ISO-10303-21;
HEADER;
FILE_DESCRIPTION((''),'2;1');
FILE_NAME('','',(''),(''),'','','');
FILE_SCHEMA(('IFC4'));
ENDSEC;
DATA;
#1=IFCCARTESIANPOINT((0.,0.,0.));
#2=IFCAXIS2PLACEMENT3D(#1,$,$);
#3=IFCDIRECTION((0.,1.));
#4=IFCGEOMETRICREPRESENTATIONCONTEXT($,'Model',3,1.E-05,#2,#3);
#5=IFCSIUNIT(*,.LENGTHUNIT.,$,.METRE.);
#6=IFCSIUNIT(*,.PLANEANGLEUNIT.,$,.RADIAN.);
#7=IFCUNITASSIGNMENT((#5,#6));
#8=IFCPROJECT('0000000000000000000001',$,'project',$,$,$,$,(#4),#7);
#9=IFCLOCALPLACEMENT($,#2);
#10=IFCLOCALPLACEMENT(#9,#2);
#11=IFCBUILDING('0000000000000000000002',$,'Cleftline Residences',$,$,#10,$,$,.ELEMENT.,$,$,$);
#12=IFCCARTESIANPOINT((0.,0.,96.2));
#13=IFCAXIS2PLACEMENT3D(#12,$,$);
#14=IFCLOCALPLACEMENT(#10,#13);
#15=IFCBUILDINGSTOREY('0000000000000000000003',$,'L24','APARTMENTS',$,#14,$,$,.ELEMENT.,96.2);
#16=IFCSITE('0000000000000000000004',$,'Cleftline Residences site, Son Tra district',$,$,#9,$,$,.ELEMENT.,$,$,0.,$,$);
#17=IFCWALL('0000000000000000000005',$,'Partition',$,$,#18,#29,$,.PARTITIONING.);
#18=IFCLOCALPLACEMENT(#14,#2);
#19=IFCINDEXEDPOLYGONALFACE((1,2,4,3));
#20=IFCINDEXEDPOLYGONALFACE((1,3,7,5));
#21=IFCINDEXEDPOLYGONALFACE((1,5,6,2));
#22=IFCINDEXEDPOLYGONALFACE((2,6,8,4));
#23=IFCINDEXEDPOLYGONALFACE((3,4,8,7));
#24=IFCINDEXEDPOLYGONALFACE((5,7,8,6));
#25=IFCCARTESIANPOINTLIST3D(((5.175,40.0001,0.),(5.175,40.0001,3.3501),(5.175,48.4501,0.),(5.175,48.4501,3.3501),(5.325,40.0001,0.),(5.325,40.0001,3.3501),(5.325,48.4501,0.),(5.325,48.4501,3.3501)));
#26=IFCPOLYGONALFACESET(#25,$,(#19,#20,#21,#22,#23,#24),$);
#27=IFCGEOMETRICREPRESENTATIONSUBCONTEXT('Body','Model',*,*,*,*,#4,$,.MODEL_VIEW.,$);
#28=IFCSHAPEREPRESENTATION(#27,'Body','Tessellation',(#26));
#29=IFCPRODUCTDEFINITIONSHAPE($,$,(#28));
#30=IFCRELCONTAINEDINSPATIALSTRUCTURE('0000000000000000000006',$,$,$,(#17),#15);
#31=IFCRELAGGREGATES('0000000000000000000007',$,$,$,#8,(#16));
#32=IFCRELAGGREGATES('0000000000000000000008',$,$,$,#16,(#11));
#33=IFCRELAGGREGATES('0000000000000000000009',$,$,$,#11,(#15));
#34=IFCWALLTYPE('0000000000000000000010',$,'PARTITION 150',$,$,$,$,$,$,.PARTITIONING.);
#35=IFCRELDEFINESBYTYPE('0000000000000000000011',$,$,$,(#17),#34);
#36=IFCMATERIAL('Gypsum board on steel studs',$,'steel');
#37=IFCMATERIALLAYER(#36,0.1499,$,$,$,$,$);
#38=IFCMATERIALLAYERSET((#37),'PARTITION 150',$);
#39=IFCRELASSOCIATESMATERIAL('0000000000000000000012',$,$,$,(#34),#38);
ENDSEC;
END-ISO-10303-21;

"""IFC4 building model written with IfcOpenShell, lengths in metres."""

from ifc_helpers import new_model, si_unit, direction, frame, frame_2d, origin, place, context, subcontext, project, spatial, rectangle, extrude, material, layer, layer_set, type_object, element, save


model = new_model("IFC4")

# Units and contexts
model_context = context("Model", 3, precision=1e-05, world=origin(), true_north=direction((0.0, 1.0)))
body_context = subcontext(model_context, "Body", "Model", "MODEL_VIEW")
ifc_project = project(units=[si_unit("LENGTHUNIT", "METRE"), si_unit("PLANEANGLEUNIT", "RADIAN")], contexts=[model_context])

# Site, building, storey
site_placement = place(None, origin())
site = spatial("IfcSite", under=ifc_project, at=site_placement, Name="Cleftline Residences site, Son Tra district", CompositionType="ELEMENT", RefElevation=0.0)
building_placement = place(site_placement, origin())
building = spatial("IfcBuilding", under=site, at=building_placement, Name="Cleftline Residences", CompositionType="ELEMENT")
storey_placement = place(building_placement, frame((0.0, 0.0, 96.2)))
storey = spatial("IfcBuildingStorey", under=building, at=storey_placement, Name="L24", Description="APARTMENTS", CompositionType="ELEMENT", Elevation=96.2)

# Wall
ifc_material_1 = material(Name="Gypsum board on steel studs", Category="steel")
ifc_layer_1 = layer(ifc_material_1, 0.1499)
ifc_layer_set_1 = layer_set([ifc_layer_1], Name="PARTITION 150")
wall_type_1 = type_object("IfcWallType", Name="PARTITION 150", PredefinedType="PARTITIONING", material=ifc_layer_set_1)
wall_1_placement = place(storey_placement, frame((5.25, 40.0, 0.0), z_axis=(0.0, 0.0, 1.0), x_axis=(0.0, 1.0, 0.0)))
element("IfcWall", 1, at=wall_1_placement, inside=storey, type_object=wall_type_1, Name="Partition", PredefinedType="PARTITIONING", context=body_context, shape_type="SweptSolid", body=[
    extrude(rectangle(XDim=8.45, YDim=0.1499, at=frame_2d((4.2251, 0.0))), origin(), (0.0, 0.0, 1.0), 3.3501),
])

save(model, "model.ifc")
